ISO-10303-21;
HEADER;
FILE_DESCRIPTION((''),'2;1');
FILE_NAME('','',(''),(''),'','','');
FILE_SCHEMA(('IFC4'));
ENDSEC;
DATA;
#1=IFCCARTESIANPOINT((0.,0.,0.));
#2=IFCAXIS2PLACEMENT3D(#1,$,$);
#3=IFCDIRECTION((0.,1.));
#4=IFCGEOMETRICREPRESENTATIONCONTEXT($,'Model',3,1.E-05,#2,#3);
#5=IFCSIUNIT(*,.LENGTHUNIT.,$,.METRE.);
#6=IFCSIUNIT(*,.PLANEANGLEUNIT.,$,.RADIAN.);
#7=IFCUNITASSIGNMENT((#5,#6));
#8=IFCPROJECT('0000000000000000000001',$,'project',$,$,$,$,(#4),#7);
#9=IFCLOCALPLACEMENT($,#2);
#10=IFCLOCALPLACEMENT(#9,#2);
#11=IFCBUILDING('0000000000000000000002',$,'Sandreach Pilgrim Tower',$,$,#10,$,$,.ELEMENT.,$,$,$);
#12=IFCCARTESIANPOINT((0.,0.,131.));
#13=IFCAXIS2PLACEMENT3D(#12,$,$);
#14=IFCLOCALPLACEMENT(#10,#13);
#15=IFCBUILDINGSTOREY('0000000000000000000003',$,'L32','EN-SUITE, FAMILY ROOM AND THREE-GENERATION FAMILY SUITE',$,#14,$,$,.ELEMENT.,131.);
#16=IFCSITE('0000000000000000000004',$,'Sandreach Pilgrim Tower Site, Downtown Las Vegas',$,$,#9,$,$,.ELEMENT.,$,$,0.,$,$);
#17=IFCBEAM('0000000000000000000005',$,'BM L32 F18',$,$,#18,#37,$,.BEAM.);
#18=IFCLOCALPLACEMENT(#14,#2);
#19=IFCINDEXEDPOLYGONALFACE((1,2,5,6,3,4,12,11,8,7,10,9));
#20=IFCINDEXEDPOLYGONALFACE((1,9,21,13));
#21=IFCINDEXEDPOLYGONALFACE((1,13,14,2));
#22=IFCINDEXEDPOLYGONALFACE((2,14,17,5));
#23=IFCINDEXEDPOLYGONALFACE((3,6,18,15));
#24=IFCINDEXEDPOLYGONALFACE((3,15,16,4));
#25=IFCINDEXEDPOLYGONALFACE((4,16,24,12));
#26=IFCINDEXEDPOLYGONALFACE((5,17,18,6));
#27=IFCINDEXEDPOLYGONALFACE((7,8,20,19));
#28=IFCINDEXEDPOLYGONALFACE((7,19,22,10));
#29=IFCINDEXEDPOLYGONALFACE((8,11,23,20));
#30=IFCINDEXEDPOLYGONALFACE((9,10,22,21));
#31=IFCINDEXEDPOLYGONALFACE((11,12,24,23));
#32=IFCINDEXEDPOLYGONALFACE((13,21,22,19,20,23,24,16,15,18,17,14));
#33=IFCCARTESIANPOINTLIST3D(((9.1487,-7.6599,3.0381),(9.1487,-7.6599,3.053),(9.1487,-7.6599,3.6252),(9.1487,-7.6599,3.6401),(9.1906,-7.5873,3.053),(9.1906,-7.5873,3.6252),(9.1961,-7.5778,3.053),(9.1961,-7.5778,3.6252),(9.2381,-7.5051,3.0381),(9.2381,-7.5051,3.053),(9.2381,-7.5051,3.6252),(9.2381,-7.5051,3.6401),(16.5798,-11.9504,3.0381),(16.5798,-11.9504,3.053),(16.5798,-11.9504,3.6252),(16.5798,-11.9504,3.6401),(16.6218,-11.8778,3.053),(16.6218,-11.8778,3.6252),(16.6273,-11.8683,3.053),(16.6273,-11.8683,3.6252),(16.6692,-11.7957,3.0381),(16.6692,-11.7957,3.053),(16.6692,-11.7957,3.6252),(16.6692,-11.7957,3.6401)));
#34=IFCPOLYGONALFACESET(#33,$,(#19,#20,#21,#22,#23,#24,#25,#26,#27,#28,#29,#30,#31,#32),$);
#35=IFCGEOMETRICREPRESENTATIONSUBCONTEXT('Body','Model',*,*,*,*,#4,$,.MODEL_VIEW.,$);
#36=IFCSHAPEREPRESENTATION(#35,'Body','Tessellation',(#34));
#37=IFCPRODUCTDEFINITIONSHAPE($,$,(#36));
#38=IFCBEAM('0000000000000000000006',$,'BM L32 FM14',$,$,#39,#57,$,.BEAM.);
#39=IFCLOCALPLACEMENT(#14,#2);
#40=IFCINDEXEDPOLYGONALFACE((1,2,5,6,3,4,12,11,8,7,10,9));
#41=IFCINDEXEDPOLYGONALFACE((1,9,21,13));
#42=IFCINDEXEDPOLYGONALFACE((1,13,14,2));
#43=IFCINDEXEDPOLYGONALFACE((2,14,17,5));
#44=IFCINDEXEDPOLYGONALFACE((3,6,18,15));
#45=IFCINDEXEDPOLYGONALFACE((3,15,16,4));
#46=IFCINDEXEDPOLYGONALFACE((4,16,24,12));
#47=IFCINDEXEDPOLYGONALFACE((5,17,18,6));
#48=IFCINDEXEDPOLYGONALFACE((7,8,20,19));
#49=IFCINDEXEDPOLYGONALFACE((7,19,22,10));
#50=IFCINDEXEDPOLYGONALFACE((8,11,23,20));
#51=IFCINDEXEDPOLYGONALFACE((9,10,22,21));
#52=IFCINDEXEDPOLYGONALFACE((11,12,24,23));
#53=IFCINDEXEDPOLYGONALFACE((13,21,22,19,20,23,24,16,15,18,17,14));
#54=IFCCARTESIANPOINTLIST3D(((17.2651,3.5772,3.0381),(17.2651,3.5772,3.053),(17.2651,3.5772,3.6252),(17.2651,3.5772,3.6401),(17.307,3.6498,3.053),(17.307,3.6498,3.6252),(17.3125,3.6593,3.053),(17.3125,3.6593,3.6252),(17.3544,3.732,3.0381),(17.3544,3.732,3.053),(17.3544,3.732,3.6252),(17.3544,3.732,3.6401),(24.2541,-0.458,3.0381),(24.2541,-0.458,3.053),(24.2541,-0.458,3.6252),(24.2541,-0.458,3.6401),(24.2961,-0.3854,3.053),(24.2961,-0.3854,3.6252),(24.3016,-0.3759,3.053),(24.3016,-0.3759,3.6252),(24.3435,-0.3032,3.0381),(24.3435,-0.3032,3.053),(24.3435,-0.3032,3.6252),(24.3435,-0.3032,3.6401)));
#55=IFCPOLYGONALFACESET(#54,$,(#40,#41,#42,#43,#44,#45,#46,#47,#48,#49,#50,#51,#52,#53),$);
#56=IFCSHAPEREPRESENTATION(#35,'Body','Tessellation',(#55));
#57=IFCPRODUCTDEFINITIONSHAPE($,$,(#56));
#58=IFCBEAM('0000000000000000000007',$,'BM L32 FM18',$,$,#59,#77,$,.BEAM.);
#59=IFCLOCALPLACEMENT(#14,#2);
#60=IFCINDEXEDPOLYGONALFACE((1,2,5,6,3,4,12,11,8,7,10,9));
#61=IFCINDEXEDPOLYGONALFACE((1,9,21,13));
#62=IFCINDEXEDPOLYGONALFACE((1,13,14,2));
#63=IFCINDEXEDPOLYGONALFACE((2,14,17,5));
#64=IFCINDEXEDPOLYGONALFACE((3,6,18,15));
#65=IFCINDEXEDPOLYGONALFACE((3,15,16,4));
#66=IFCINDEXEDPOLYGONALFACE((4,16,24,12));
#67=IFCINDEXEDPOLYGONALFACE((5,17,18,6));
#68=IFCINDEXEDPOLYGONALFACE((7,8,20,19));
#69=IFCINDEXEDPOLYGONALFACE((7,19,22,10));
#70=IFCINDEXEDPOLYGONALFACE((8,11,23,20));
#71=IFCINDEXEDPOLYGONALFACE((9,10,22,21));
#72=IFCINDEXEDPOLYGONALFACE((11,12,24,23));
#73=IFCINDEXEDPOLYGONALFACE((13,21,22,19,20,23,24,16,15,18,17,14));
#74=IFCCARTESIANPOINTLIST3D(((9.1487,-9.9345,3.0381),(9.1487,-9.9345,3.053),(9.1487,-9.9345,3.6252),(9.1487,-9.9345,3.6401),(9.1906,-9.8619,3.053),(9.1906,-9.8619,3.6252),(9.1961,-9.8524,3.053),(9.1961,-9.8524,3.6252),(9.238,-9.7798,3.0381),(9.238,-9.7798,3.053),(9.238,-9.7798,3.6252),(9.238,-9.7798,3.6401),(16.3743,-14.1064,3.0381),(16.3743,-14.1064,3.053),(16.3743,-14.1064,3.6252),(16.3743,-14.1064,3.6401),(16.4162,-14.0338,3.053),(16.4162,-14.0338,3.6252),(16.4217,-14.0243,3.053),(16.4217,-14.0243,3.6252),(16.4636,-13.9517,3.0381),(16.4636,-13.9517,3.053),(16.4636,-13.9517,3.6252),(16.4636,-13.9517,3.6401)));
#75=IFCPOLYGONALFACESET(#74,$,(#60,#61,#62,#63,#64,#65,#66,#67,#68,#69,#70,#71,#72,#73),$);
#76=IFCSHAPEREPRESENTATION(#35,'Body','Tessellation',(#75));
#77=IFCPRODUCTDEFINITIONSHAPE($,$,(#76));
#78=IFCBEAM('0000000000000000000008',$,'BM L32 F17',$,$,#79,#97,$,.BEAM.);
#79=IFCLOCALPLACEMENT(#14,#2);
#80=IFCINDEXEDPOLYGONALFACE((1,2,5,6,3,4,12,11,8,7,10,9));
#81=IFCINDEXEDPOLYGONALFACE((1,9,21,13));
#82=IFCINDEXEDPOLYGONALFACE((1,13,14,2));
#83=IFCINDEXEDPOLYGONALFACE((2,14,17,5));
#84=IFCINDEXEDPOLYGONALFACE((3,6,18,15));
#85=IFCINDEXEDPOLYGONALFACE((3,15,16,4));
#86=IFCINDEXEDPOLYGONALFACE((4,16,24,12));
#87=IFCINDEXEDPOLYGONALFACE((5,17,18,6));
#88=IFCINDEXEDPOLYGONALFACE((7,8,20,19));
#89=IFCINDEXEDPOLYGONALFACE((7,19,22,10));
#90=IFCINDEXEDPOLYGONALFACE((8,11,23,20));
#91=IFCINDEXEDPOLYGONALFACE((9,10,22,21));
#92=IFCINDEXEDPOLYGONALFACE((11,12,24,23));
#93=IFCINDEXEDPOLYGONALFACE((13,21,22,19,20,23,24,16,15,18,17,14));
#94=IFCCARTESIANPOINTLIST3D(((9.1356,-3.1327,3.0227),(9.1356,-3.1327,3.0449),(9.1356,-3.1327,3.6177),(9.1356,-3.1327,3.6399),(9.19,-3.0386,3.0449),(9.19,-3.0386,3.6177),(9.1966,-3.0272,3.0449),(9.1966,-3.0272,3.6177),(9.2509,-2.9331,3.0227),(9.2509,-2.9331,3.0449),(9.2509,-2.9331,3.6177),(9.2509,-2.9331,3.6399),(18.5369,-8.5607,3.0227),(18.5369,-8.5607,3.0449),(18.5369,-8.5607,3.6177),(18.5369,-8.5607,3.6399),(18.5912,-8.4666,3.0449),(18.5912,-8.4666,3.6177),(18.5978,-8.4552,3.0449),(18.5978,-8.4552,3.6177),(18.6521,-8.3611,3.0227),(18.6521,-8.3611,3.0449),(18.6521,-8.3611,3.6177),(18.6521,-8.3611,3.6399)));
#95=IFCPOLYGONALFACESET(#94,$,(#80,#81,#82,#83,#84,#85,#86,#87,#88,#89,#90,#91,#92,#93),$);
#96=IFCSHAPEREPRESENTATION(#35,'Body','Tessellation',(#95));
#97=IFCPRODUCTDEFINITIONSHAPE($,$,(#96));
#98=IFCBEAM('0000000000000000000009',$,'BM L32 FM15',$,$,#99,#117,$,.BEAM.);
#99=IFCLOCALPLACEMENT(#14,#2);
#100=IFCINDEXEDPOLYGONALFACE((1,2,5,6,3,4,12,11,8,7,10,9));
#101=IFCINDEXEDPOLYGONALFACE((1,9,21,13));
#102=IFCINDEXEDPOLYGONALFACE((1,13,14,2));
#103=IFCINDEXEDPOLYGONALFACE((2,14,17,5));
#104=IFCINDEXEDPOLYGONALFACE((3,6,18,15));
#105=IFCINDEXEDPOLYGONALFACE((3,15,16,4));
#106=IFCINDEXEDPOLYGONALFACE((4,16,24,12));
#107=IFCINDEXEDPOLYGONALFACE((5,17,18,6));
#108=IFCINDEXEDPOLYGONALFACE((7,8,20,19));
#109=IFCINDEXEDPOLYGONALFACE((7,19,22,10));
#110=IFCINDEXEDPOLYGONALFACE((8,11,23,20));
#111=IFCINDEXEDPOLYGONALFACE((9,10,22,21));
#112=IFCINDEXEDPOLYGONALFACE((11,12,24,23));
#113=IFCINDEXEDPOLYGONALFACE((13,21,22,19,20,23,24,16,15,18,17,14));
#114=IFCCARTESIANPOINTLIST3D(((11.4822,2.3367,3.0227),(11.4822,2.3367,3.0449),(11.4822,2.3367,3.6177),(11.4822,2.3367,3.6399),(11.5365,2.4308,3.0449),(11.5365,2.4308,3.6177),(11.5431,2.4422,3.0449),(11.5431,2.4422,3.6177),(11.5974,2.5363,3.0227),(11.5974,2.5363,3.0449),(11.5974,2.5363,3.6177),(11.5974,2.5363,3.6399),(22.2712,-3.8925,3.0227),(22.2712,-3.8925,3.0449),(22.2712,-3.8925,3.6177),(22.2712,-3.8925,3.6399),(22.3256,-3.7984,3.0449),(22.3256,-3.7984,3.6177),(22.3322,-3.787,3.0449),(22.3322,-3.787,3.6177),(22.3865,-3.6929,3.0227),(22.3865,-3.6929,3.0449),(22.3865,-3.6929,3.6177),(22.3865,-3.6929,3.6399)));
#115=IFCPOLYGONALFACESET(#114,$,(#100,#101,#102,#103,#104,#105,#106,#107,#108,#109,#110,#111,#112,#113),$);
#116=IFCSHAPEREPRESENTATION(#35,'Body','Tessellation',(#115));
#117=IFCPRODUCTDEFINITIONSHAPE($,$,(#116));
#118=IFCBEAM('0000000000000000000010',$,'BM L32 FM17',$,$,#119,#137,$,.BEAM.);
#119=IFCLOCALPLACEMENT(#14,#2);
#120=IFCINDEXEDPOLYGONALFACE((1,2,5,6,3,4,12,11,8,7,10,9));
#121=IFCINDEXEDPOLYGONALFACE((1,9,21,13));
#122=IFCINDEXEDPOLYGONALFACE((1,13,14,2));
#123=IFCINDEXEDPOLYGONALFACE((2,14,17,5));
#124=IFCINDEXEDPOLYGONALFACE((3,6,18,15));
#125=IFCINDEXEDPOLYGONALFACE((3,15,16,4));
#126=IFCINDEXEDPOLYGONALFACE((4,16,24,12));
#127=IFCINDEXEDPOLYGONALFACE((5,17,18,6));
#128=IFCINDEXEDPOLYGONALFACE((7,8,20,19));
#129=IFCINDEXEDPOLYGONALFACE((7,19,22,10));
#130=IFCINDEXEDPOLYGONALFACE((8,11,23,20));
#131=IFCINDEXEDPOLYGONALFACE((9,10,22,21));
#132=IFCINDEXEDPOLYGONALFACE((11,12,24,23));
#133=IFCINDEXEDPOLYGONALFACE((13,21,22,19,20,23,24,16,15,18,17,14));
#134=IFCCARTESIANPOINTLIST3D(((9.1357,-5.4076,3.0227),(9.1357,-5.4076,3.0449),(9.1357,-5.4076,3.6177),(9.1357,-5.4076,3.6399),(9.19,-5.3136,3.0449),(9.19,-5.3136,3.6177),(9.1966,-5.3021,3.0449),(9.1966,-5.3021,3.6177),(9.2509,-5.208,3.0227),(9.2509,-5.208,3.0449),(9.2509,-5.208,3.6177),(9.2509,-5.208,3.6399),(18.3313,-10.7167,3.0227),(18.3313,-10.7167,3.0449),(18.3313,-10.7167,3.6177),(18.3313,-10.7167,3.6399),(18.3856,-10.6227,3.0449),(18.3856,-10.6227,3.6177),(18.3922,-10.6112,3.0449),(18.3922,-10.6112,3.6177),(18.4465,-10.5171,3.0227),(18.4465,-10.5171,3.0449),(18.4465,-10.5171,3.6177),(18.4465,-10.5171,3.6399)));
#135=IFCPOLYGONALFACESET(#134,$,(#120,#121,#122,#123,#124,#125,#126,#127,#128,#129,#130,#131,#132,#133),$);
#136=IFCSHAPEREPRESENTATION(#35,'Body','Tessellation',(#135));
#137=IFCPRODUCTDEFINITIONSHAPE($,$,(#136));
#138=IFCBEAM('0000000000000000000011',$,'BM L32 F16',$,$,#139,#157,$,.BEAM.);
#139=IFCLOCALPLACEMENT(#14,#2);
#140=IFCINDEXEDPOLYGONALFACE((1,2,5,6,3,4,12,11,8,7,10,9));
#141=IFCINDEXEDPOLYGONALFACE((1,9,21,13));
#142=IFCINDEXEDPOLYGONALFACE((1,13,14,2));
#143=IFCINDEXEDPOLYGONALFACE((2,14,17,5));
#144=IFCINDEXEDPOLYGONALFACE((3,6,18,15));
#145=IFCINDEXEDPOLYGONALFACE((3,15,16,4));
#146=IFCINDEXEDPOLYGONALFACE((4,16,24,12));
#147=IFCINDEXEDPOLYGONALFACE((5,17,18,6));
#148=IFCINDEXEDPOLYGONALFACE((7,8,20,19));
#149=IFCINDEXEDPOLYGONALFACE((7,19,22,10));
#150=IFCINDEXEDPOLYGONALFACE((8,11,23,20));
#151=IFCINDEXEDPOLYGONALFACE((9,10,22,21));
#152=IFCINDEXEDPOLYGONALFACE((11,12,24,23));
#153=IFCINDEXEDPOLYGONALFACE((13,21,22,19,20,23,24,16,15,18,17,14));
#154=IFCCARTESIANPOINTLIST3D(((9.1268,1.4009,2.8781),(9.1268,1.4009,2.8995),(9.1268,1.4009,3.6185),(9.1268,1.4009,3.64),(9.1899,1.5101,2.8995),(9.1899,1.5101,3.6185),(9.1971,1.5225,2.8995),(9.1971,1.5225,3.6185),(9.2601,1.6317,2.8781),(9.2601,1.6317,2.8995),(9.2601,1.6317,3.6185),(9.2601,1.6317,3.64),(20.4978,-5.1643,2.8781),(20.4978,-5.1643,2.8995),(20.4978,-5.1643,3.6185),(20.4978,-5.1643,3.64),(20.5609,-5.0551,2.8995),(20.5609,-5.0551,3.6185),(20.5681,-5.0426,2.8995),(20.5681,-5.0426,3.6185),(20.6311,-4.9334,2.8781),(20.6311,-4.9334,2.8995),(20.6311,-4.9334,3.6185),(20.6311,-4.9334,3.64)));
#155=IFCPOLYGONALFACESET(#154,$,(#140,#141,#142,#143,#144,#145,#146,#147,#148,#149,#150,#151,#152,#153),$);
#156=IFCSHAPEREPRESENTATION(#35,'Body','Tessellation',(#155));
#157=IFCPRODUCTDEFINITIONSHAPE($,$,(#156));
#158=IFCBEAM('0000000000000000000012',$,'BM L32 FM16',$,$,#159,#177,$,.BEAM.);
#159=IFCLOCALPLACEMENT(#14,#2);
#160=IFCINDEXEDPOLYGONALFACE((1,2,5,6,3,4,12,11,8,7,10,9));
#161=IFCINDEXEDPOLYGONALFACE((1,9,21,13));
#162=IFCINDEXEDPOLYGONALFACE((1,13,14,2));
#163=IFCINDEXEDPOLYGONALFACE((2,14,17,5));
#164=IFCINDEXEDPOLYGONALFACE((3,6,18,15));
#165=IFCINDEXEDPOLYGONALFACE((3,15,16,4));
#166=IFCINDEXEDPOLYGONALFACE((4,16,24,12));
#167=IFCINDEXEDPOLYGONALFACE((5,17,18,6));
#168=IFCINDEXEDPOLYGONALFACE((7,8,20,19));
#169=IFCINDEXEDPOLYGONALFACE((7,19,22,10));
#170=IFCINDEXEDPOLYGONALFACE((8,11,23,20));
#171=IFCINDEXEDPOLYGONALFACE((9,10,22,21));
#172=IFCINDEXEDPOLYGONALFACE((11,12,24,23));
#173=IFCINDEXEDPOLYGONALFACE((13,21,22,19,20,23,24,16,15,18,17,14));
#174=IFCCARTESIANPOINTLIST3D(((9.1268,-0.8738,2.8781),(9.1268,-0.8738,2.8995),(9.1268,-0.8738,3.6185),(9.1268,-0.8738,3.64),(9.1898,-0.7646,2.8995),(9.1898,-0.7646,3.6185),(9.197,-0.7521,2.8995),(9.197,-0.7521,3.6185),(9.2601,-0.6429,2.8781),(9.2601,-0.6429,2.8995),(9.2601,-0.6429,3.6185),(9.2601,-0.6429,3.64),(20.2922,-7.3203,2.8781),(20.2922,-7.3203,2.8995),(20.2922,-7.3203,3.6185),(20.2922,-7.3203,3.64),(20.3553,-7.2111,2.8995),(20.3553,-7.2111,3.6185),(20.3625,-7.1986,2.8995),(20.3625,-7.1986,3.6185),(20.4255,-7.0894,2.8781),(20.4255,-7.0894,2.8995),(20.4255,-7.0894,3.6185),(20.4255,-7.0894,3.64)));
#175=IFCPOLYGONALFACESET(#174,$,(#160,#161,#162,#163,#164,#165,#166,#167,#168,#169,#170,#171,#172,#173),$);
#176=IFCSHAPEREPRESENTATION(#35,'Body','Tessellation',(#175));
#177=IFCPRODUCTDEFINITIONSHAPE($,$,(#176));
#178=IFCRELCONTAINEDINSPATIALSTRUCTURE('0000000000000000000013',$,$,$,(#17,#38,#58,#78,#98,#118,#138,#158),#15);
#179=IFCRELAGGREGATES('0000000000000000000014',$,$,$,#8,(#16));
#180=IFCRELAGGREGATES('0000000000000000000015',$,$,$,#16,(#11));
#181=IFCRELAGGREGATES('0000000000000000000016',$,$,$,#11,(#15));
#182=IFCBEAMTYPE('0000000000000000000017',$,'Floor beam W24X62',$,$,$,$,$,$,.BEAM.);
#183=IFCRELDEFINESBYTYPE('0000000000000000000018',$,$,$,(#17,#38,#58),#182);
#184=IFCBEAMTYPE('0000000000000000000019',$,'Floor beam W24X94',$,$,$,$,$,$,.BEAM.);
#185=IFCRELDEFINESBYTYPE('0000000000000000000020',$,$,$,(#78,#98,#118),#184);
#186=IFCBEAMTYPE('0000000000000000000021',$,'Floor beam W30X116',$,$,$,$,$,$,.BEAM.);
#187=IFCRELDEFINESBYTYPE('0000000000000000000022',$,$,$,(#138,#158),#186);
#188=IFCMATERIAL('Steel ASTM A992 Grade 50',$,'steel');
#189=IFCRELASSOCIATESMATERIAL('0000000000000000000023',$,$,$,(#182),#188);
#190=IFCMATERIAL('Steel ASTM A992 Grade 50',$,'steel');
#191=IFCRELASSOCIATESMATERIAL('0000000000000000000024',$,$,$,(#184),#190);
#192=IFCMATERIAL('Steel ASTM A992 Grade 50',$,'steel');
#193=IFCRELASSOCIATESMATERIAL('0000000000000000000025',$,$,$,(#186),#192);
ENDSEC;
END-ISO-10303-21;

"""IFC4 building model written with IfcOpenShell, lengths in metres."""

from ifc_helpers import new_model, si_unit, direction, frame, origin, origin_2d, place, context, subcontext, project, spatial, i_section, extrude, material, material_profile, profile_set, type_object, element, save


model = new_model("IFC4")

# Units and contexts
model_context = context("Model", 3, precision=1e-05, world=origin(), true_north=direction((0.0, 1.0)))
body_context = subcontext(model_context, "Body", "Model", "MODEL_VIEW")
ifc_project = project(units=[si_unit("LENGTHUNIT", "METRE"), si_unit("PLANEANGLEUNIT", "RADIAN")], contexts=[model_context])

# Site, building, storey
site_placement = place(None, origin())
site = spatial("IfcSite", under=ifc_project, at=site_placement, Name="Sandreach Pilgrim Tower Site, Downtown Las Vegas", CompositionType="ELEMENT", RefElevation=0.0)
building_placement = place(site_placement, origin())
building = spatial("IfcBuilding", under=site, at=building_placement, Name="Sandreach Pilgrim Tower", CompositionType="ELEMENT")
storey_placement = place(building_placement, frame((0.0, 0.0, 131.0)))
storey = spatial("IfcBuildingStorey", under=building, at=storey_placement, Name="L32", Description="EN-SUITE, FAMILY ROOM AND THREE-GENERATION FAMILY SUITE", CompositionType="ELEMENT", Elevation=131.0)

# Beams
ifc_material_1 = material(Name="Steel ASTM A992 Grade 50", Category="steel")
ifc_material_profile_1 = material_profile(ifc_material_1, i_section(OverallWidth=0.1787, OverallDepth=0.6021, WebThickness=0.011, FlangeThickness=0.0149, at=origin_2d()), Name="W24X62")
ifc_profile_set_1 = profile_set([ifc_material_profile_1], Name="Steel ASTM A992 Grade 50")
beam_type_1 = type_object("IfcBeamType", Name="Floor beam W24X62", PredefinedType="BEAM", material=ifc_profile_set_1)
beam_1_placement = place(storey_placement, frame((16.6245, -11.873, 3.3391), z_axis=(-0.866018, 0.500013, 0.0), x_axis=(-0.500013, -0.866018, 0.0)))
element("IfcBeam", 1, at=beam_1_placement, inside=storey, type_object=beam_type_1, Name="BM L32 F18", PredefinedType="BEAM", context=body_context, shape_type="SweptSolid", body=[
    extrude(i_section(OverallWidth=0.1787, OverallDepth=0.6021, WebThickness=0.011, FlangeThickness=0.0149, at=origin_2d()), origin(), (0.0, 0.0, 1.0), 8.5808),
])
beam_2_placement = place(storey_placement, frame((24.2988, -0.3806, 3.3391), z_axis=(-0.866023, 0.500004, 0.0), x_axis=(-0.500004, -0.866023, 0.0)))
element("IfcBeam", 2, at=beam_2_placement, inside=storey, type_object=beam_type_1, Name="BM L32 FM14", PredefinedType="BEAM", context=body_context, shape_type="SweptSolid", body=[
    extrude(i_section(OverallWidth=0.1787, OverallDepth=0.6021, WebThickness=0.011, FlangeThickness=0.0149, at=origin_2d()), origin(), (0.0, 0.0, 1.0), 8.0703),
])
beam_3_placement = place(storey_placement, frame((16.4189, -14.0291, 3.3391), z_axis=(-0.866016, 0.500016, 0.0), x_axis=(-0.500016, -0.866016, 0.0)))
element("IfcBeam", 3, at=beam_3_placement, inside=storey, type_object=beam_type_1, Name="BM L32 FM18", PredefinedType="BEAM", context=body_context, shape_type="SweptSolid", body=[
    extrude(i_section(OverallWidth=0.1787, OverallDepth=0.6021, WebThickness=0.011, FlangeThickness=0.0149, at=origin_2d()), origin(), (0.0, 0.0, 1.0), 8.3435),
])
ifc_material_2 = material(Name="Steel ASTM A992 Grade 50", Category="steel")
ifc_material_profile_2 = material_profile(ifc_material_2, i_section(OverallWidth=0.2305, OverallDepth=0.6172, WebThickness=0.0132, FlangeThickness=0.0222, at=origin_2d()), Name="W24X94")
ifc_profile_set_2 = profile_set([ifc_material_profile_2], Name="Steel ASTM A992 Grade 50")
beam_type_2 = type_object("IfcBeamType", Name="Floor beam W24X94", PredefinedType="BEAM", material=ifc_profile_set_2)
beam_4_placement = place(storey_placement, frame((18.5945, -8.4609, 3.3313), z_axis=(-0.866016, 0.500016, 0.0), x_axis=(-0.500016, -0.866016, 0.0)))
element("IfcBeam", 4, at=beam_4_placement, inside=storey, type_object=beam_type_2, Name="BM L32 F17", PredefinedType="BEAM", context=body_context, shape_type="SweptSolid", body=[
    extrude(i_section(OverallWidth=0.2305, OverallDepth=0.6172, WebThickness=0.0132, FlangeThickness=0.0222, at=origin_2d()), origin(), (0.0, 0.0, 1.0), 10.8557),
])
beam_5_placement = place(storey_placement, frame((22.3289, -3.7927, 3.3313), z_axis=(-0.866019, 0.500011, 0.0), x_axis=(-0.500011, -0.866019, 0.0)))
element("IfcBeam", 5, at=beam_5_placement, inside=storey, type_object=beam_type_2, Name="BM L32 FM15", PredefinedType="BEAM", context=body_context, shape_type="SweptSolid", body=[
    extrude(i_section(OverallWidth=0.2305, OverallDepth=0.6172, WebThickness=0.0132, FlangeThickness=0.0222, at=origin_2d()), origin(), (0.0, 0.0, 1.0), 12.4583),
])
beam_6_placement = place(storey_placement, frame((18.3889, -10.6169, 3.3313), z_axis=(-0.866024, 0.500002, 0.0), x_axis=(-0.500002, -0.866024, 0.0)))
element("IfcBeam", 6, at=beam_6_placement, inside=storey, type_object=beam_type_2, Name="BM L32 FM17", PredefinedType="BEAM", context=body_context, shape_type="SweptSolid", body=[
    extrude(i_section(OverallWidth=0.2305, OverallDepth=0.6172, WebThickness=0.0132, FlangeThickness=0.0222, at=origin_2d()), origin(), (0.0, 0.0, 1.0), 10.6182),
])
ifc_material_3 = material(Name="Steel ASTM A992 Grade 50", Category="steel")
ifc_material_profile_3 = material_profile(ifc_material_3, i_section(OverallWidth=0.2666, OverallDepth=0.762, WebThickness=0.0144, FlangeThickness=0.0215, at=origin_2d()), Name="W30X116")
ifc_profile_set_3 = profile_set([ifc_material_profile_3], Name="Steel ASTM A992 Grade 50")
beam_type_3 = type_object("IfcBeamType", Name="Floor beam W30X116", PredefinedType="BEAM", material=ifc_profile_set_3)
beam_7_placement = place(storey_placement, frame((20.5645, -5.0488, 3.259), z_axis=(-0.866023, 0.500005, 0.0), x_axis=(-0.500005, -0.866023, 0.0)))
element("IfcBeam", 7, at=beam_7_placement, inside=storey, type_object=beam_type_3, Name="BM L32 F16", PredefinedType="BEAM", context=body_context, shape_type="SweptSolid", body=[
    extrude(i_section(OverallWidth=0.2666, OverallDepth=0.762, WebThickness=0.0144, FlangeThickness=0.0215, at=origin_2d()), origin(), (0.0, 0.0, 1.0), 13.1301),
])
beam_8_placement = place(storey_placement, frame((20.3589, -7.2048, 3.259), z_axis=(-0.866022, 0.500007, 0.0), x_axis=(-0.500007, -0.866022, 0.0)))
element("IfcBeam", 8, at=beam_8_placement, inside=storey, type_object=beam_type_3, Name="BM L32 FM16", PredefinedType="BEAM", context=body_context, shape_type="SweptSolid", body=[
    extrude(i_section(OverallWidth=0.2666, OverallDepth=0.762, WebThickness=0.0144, FlangeThickness=0.0215, at=origin_2d()), origin(), (0.0, 0.0, 1.0), 12.8928),
])

save(model, "model.ifc")
